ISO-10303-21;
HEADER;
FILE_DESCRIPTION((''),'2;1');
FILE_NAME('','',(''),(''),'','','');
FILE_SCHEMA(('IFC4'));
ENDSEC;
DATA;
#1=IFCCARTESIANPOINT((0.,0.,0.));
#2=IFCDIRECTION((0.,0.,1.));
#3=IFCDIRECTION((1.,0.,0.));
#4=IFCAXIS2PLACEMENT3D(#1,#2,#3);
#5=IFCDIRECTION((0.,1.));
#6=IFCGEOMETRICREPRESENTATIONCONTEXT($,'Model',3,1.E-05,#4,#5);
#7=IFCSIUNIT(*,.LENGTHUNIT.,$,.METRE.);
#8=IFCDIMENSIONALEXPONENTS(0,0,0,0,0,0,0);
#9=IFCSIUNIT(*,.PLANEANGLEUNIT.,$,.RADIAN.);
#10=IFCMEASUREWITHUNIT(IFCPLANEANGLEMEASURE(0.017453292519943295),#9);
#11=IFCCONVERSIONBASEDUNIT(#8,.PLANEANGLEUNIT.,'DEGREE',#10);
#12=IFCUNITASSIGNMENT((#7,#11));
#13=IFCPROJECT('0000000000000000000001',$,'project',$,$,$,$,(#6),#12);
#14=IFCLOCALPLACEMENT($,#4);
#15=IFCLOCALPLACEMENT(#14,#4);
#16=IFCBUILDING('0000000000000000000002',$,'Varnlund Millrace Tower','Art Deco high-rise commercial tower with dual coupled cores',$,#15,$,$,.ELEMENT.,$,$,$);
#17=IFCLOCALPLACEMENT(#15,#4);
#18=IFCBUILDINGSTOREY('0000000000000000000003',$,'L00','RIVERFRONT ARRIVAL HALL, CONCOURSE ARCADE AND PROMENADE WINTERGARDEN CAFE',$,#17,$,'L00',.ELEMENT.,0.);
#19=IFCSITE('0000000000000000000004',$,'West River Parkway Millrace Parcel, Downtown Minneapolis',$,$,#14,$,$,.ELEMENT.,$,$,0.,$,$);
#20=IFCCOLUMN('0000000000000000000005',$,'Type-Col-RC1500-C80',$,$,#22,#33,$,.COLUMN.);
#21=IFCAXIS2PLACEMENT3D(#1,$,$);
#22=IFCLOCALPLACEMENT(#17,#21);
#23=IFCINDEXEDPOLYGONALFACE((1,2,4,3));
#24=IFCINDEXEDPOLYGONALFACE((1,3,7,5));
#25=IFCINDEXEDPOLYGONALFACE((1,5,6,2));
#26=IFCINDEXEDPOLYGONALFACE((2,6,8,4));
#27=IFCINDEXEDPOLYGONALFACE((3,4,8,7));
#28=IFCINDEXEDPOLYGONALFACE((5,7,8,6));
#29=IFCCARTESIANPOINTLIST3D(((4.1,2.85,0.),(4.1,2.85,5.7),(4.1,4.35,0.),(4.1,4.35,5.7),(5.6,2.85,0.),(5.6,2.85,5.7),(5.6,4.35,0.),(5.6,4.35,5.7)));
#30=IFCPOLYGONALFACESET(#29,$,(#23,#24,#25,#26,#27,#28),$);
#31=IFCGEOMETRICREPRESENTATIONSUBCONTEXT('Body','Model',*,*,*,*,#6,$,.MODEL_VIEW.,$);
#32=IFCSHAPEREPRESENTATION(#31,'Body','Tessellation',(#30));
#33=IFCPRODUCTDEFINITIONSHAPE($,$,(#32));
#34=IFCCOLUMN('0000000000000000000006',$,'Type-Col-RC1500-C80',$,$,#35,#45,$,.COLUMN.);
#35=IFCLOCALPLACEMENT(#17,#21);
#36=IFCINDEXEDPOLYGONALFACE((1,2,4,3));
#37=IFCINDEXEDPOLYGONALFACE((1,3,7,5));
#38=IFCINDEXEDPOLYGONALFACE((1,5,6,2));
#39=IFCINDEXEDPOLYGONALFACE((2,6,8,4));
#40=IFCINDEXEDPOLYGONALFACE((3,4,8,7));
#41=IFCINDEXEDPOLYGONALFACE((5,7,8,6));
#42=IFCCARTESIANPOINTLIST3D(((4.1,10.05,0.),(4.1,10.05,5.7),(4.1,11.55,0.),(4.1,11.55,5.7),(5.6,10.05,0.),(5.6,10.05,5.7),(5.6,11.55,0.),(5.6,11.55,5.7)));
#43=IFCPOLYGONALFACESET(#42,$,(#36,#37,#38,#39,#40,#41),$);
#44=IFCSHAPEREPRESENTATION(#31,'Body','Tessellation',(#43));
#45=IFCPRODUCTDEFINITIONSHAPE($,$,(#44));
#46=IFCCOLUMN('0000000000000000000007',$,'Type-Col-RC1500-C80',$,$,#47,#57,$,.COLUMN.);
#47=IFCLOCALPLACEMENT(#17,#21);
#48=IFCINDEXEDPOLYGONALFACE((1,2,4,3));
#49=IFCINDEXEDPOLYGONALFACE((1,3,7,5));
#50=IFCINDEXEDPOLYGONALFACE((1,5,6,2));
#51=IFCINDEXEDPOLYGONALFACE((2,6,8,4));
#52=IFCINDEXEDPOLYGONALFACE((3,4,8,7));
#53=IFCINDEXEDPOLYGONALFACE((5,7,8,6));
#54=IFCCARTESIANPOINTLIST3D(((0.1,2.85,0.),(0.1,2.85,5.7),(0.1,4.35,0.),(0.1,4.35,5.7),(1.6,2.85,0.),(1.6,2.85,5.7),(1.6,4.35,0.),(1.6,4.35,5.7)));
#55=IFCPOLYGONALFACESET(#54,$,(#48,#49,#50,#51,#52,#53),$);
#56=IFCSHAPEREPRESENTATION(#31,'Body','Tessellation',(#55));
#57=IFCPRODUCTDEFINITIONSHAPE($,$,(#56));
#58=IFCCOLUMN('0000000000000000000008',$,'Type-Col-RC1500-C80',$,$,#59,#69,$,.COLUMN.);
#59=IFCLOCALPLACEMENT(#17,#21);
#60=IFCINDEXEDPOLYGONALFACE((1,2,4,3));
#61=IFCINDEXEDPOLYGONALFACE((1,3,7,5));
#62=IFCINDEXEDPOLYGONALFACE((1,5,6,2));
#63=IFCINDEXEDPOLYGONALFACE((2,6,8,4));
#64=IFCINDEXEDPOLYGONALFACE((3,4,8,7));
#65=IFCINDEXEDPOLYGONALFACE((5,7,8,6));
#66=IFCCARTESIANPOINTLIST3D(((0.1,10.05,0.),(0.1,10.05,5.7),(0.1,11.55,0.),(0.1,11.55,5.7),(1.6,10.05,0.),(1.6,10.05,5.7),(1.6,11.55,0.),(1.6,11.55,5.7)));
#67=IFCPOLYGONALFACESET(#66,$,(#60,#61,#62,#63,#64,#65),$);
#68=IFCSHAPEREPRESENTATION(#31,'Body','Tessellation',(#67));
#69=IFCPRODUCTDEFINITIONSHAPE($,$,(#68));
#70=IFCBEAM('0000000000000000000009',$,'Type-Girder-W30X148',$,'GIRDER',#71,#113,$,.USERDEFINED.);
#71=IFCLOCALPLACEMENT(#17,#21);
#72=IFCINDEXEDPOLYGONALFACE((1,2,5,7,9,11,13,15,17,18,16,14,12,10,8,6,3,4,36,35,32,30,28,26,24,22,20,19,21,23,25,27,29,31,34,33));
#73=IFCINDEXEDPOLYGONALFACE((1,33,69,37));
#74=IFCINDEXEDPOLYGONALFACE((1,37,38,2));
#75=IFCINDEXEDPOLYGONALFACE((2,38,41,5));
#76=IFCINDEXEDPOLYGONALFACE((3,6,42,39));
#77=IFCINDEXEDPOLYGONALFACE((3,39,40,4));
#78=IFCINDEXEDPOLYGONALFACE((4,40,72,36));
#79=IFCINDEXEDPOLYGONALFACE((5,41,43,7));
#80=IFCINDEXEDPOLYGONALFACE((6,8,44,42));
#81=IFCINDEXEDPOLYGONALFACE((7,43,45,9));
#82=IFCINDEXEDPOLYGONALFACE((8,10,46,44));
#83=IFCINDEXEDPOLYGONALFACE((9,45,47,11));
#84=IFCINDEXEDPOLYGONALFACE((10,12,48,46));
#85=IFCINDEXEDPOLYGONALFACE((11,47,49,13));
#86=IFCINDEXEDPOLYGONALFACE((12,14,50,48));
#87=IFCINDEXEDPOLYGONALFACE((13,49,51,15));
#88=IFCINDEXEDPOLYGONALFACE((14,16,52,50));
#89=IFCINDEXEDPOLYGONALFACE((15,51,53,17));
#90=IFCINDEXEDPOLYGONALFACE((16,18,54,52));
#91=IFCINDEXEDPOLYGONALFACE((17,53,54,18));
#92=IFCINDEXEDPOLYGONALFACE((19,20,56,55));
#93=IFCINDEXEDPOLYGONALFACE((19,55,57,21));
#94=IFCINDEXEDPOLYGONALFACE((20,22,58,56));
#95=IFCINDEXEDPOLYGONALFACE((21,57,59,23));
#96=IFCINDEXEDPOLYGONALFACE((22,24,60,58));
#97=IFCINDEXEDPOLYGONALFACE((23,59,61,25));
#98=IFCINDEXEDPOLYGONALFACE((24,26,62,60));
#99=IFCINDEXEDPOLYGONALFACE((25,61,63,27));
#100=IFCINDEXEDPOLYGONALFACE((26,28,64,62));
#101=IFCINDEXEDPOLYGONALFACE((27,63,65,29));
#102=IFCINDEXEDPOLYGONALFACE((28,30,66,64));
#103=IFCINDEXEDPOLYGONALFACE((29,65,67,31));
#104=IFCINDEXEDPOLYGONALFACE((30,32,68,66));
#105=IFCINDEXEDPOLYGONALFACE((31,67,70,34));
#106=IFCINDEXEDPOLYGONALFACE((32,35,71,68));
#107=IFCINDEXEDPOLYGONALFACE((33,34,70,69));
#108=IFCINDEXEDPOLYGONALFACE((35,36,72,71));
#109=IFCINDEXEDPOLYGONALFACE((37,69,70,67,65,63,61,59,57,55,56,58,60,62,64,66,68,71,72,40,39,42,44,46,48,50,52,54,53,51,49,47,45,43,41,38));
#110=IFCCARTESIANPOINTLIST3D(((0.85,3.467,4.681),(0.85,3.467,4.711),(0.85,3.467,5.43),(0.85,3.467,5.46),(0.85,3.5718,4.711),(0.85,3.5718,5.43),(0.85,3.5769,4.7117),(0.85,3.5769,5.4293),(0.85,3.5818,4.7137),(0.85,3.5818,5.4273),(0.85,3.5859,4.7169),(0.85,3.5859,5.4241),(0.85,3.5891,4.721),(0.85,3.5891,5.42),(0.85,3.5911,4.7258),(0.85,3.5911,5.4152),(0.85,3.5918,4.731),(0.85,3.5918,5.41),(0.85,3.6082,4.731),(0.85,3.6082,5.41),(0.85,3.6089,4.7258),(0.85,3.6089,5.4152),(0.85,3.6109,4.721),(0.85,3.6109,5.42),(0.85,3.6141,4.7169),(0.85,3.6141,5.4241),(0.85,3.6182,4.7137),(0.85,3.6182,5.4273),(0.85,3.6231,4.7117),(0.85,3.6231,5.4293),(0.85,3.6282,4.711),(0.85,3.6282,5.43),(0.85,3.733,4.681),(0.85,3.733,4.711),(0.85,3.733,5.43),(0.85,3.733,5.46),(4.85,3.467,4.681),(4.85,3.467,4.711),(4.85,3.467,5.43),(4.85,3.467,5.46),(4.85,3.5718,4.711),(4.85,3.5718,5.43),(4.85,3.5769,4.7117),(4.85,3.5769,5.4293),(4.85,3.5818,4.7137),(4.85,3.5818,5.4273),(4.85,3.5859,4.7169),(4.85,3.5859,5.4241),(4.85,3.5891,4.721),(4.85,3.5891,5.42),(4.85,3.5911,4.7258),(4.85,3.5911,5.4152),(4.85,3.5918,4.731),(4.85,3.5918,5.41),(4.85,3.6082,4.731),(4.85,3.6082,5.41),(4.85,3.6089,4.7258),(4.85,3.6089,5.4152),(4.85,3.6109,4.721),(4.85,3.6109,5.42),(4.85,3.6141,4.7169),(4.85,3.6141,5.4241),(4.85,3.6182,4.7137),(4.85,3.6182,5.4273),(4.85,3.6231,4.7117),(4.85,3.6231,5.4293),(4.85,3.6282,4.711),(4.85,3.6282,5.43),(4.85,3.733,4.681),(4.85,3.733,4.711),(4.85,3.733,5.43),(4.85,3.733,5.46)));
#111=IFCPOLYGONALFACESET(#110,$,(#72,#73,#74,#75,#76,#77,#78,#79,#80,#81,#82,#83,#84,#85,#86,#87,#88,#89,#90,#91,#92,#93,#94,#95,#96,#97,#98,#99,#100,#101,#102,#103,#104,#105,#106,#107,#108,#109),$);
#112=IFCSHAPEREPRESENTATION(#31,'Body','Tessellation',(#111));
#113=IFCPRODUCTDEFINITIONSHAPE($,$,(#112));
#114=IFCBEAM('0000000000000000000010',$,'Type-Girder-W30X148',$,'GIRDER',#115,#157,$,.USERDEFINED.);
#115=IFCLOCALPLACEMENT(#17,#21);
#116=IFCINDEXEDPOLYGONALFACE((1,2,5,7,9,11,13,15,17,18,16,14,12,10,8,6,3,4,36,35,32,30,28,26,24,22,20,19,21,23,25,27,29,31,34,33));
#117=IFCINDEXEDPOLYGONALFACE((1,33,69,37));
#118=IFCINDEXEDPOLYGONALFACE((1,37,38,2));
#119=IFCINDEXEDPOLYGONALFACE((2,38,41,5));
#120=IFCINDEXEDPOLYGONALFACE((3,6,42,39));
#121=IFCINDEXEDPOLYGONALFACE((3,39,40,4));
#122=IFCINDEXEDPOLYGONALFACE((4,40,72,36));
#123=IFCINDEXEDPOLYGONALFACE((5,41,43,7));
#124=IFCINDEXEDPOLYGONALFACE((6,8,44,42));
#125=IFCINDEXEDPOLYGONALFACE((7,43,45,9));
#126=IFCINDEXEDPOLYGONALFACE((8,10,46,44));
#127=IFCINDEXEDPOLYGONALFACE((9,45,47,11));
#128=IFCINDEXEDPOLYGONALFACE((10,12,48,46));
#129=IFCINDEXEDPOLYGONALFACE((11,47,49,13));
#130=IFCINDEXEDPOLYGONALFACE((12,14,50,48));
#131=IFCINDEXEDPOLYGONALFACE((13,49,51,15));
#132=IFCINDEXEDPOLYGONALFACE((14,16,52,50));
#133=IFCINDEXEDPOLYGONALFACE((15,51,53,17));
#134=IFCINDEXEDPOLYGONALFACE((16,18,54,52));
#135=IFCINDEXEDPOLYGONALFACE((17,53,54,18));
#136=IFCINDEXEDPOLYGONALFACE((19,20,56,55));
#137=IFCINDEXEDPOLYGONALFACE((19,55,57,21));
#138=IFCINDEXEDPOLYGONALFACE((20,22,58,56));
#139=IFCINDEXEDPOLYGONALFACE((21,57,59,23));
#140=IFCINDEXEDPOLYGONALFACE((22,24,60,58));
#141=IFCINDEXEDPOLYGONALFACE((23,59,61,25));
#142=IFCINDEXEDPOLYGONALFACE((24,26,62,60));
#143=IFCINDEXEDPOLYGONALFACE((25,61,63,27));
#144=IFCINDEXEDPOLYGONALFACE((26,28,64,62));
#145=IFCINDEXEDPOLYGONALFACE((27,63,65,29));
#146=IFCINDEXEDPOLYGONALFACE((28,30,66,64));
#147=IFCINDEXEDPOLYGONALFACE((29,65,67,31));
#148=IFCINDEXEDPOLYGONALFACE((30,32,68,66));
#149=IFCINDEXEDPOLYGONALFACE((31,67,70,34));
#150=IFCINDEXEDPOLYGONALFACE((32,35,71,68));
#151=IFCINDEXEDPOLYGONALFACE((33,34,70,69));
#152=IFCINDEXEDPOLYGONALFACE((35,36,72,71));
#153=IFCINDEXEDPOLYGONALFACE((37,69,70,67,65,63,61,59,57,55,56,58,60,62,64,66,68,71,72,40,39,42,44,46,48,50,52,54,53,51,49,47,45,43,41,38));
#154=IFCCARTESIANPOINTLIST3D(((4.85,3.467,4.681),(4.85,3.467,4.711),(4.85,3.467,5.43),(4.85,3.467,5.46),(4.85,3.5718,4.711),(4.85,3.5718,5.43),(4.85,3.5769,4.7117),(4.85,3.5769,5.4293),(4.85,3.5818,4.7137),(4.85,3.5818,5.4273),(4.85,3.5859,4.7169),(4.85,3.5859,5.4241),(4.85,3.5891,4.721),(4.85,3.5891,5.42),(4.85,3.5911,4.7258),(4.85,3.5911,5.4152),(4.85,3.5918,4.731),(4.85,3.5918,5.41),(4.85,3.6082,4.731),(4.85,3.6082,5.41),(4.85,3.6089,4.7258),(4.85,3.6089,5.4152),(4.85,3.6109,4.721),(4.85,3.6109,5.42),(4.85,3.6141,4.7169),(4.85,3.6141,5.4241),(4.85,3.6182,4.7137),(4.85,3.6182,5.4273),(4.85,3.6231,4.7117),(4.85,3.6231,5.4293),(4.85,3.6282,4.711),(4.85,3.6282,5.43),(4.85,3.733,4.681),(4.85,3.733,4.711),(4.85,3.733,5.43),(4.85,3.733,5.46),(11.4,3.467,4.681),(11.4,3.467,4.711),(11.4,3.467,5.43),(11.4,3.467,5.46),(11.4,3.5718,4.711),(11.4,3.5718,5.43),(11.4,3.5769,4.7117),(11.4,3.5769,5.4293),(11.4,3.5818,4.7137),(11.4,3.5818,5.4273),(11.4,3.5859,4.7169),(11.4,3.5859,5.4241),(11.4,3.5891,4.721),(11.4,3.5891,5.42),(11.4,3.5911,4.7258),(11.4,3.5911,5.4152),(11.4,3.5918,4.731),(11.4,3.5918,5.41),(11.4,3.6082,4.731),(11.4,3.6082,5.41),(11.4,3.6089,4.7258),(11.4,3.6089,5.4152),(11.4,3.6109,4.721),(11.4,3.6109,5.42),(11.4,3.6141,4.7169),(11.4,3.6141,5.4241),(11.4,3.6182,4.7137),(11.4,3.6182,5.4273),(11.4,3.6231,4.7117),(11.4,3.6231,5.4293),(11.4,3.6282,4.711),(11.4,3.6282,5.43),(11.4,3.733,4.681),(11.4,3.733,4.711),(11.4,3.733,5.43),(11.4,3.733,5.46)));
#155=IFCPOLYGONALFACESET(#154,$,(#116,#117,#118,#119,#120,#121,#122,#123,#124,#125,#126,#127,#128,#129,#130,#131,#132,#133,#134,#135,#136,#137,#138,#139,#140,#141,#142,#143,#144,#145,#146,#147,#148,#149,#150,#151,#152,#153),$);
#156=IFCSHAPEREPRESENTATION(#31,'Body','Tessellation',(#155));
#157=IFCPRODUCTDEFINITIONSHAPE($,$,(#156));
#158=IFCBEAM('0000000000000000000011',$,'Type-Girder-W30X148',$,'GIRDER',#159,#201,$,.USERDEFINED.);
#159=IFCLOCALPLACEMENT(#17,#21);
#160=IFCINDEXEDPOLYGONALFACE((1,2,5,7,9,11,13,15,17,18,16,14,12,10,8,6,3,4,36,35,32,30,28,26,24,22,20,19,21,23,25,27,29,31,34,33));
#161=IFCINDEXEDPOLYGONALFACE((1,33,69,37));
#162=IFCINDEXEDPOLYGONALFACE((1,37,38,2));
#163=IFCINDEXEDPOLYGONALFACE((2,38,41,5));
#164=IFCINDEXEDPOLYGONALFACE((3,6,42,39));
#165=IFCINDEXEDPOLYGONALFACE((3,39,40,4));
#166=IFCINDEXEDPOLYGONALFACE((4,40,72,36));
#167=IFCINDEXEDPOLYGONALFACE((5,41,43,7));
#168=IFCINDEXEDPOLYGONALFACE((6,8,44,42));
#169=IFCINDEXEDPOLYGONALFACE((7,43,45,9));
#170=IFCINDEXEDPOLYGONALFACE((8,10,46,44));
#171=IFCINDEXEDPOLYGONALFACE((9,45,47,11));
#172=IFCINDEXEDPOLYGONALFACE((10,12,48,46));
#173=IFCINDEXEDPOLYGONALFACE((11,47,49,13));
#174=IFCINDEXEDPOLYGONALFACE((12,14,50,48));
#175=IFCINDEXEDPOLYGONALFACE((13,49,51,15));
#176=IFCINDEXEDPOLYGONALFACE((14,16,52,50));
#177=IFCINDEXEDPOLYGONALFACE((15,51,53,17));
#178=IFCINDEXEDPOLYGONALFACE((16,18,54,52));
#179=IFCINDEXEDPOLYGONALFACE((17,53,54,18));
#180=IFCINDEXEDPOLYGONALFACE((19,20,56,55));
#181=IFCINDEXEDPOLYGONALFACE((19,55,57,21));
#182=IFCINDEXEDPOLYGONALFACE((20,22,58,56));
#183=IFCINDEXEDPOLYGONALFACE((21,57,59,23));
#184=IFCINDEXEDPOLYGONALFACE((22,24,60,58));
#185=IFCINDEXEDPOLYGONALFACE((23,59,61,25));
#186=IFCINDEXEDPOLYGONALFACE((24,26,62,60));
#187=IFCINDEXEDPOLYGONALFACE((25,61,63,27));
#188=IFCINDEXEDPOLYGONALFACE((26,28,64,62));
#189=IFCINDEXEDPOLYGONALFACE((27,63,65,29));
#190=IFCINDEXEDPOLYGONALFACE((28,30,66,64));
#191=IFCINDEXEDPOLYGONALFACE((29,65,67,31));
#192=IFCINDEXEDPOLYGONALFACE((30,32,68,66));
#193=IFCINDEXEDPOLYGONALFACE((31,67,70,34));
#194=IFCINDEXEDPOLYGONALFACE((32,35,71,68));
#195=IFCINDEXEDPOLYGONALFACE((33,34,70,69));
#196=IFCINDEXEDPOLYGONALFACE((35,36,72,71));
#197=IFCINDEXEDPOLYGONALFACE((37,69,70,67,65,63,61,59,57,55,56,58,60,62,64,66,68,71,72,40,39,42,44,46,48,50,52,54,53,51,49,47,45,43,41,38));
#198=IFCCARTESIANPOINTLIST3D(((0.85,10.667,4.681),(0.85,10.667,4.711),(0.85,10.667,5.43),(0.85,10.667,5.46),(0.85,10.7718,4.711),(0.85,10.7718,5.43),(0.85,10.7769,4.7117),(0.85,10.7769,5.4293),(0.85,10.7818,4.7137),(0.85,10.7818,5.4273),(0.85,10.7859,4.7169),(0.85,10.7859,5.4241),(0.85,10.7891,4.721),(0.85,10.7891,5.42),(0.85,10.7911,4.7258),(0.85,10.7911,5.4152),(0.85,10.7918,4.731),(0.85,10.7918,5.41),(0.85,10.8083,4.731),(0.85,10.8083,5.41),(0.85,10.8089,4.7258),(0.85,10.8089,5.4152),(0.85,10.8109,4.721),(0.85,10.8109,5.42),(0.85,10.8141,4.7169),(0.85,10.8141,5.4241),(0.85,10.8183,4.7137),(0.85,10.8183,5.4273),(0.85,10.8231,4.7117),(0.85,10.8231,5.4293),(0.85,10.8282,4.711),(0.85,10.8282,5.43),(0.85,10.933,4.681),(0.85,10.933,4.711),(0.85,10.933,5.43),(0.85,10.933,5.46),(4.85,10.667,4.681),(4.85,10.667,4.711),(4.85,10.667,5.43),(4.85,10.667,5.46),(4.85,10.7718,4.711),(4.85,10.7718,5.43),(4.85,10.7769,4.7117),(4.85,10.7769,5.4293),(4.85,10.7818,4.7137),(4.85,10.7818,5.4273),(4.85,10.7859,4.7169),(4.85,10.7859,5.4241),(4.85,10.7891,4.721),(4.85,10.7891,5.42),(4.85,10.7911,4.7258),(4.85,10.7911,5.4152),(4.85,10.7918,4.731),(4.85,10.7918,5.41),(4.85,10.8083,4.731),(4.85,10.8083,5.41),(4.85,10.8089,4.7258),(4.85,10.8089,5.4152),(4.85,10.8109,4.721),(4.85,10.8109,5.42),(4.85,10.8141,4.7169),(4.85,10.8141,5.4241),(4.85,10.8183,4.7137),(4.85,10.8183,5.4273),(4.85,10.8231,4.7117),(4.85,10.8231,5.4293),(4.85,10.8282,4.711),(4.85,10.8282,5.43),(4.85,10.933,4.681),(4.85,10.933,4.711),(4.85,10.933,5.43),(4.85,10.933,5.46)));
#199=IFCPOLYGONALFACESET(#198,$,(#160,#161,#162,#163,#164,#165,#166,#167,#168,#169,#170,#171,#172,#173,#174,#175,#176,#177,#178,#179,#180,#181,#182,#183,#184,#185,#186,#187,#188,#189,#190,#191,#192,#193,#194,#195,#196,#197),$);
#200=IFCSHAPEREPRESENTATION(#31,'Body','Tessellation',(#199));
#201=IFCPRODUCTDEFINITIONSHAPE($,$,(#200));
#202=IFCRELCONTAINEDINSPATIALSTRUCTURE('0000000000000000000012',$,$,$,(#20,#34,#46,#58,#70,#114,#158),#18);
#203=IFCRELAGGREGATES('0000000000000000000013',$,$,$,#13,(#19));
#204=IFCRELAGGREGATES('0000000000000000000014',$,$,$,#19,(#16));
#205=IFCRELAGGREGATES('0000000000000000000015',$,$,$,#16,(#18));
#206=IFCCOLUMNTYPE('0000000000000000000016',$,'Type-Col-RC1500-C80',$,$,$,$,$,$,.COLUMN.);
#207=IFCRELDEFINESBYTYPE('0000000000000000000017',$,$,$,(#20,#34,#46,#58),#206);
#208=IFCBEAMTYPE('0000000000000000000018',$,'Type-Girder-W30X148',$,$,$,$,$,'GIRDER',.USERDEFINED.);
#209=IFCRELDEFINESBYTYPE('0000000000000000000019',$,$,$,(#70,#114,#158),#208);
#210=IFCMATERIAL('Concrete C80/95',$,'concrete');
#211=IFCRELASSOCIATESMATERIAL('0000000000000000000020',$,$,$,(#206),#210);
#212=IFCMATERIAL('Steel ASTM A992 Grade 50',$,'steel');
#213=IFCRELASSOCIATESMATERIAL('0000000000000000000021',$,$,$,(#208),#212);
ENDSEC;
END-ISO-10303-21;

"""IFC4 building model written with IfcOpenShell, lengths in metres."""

from ifc_helpers import new_model, entity, si_unit, converted_unit, direction, frame, origin_with_axes, origin_2d_with_axis, place, context, subcontext, project, spatial, rectangle, i_section, extrude, material, material_profile, profile_set, type_object, element, save


model = new_model("IFC4")

# Units and contexts
model_context = context("Model", 3, precision=1e-05, world=origin_with_axes(), true_north=direction((0.0, 1.0)))
body_context = subcontext(model_context, "Body", "Model", "MODEL_VIEW")
ifc_project = project(units=[si_unit("LENGTHUNIT", "METRE"), converted_unit("PLANEANGLEUNIT", "DEGREE", entity("IfcPlaneAngleMeasure", 0.017453292519943295), si_unit("PLANEANGLEUNIT", "RADIAN"), dimensions=[0, 0, 0, 0, 0, 0, 0])], contexts=[model_context])

# Site, building, storey
site_placement = place(None, origin_with_axes())
site = spatial("IfcSite", under=ifc_project, at=site_placement, Name="West River Parkway Millrace Parcel, Downtown Minneapolis", CompositionType="ELEMENT", RefElevation=0.0)
building_placement = place(site_placement, origin_with_axes())
building = spatial("IfcBuilding", under=site, at=building_placement, Name="Varnlund Millrace Tower", Description="Art Deco high-rise commercial tower with dual coupled cores", CompositionType="ELEMENT")
storey_placement = place(building_placement, origin_with_axes())
storey = spatial("IfcBuildingStorey", under=building, at=storey_placement, Name="L00", Description="RIVERFRONT ARRIVAL HALL, CONCOURSE ARCADE AND PROMENADE WINTERGARDEN CAFE", LongName="L00", CompositionType="ELEMENT", Elevation=0.0)

# Columns
ifc_material_1 = material(Name="Concrete C80/95", Category="concrete")
ifc_material_profile_1 = material_profile(ifc_material_1, rectangle(XDim=1.5, YDim=1.5, at=origin_2d_with_axis()), Name="Concrete C80/95")
ifc_profile_set_1 = profile_set([ifc_material_profile_1], Name="Concrete C80/95")
column_type = type_object("IfcColumnType", Name="Type-Col-RC1500-C80", PredefinedType="COLUMN", material=ifc_profile_set_1)
for number, where, z_axis, x_axis, name in (
    (1, (4.85, 3.6, 0.0), (0.0, 0.0, 1.0), (1.0, 0.0, 0.0), "Type-Col-RC1500-C80"),
    (2, (4.85, 10.8, 0.0), (0.0, 0.0, 1.0), (1.0, 0.0, 0.0), "Type-Col-RC1500-C80"),
    (3, (0.85, 3.6, 0.0), (0.0, 0.0, 1.0), (1.0, 0.0, 0.0), "Type-Col-RC1500-C80"),
    (4, (0.85, 10.8, 0.0), (0.0, 0.0, 1.0), (1.0, 0.0, 0.0), "Type-Col-RC1500-C80"),
):
    element("IfcColumn", number, at=place(storey_placement, frame(where, z_axis=z_axis, x_axis=x_axis)), inside=storey, type_object=column_type, Name=name, PredefinedType="COLUMN", context=body_context, shape_type="SweptSolid", body=[
        extrude(rectangle(XDim=1.5, YDim=1.5, at=origin_2d_with_axis()), origin_with_axes(), (0.0, 0.0, 1.0), 5.7),
    ])

# Beams
ifc_material_2 = material(Name="Steel ASTM A992 Grade 50", Category="steel")
ifc_material_profile_2 = material_profile(ifc_material_2, i_section(OverallWidth=0.266, OverallDepth=0.779, WebThickness=0.0165, FlangeThickness=0.03, FilletRadius=0.02, at=origin_2d_with_axis()), Name="Steel ASTM A992 Grade 50")
ifc_profile_set_2 = profile_set([ifc_material_profile_2], Name="Steel ASTM A992 Grade 50")
beam_type_1 = type_object("IfcBeamType", Name="Type-Girder-W30X148", ElementType="GIRDER", PredefinedType="USERDEFINED", material=ifc_profile_set_2)
beam_1_placement = place(storey_placement, frame((0.85, 3.6, 5.0705), z_axis=(1.0, 0.0, 0.0), x_axis=(0.0, 1.0, 0.0)))
element("IfcBeam", 5, at=beam_1_placement, inside=storey, type_object=beam_type_1, Name="Type-Girder-W30X148", ObjectType="GIRDER", PredefinedType="USERDEFINED", context=body_context, shape_type="SweptSolid", body=[
    extrude(i_section(OverallWidth=0.266, OverallDepth=0.779, WebThickness=0.0165, FlangeThickness=0.03, FilletRadius=0.02, at=origin_2d_with_axis()), origin_with_axes(), (0.0, 0.0, 1.0), 4.0),
])
beam_2_placement = place(storey_placement, frame((4.85, 3.6, 5.0705), z_axis=(1.0, 0.0, 0.0), x_axis=(0.0, 1.0, 0.0)))
element("IfcBeam", 6, at=beam_2_placement, inside=storey, type_object=beam_type_1, Name="Type-Girder-W30X148", ObjectType="GIRDER", PredefinedType="USERDEFINED", context=body_context, shape_type="SweptSolid", body=[
    extrude(i_section(OverallWidth=0.266, OverallDepth=0.779, WebThickness=0.0165, FlangeThickness=0.03, FilletRadius=0.02, at=origin_2d_with_axis()), origin_with_axes(), (0.0, 0.0, 1.0), 6.55),
])
beam_3_placement = place(storey_placement, frame((0.85, 10.8, 5.0705), z_axis=(1.0, 0.0, 0.0), x_axis=(0.0, 1.0, 0.0)))
element("IfcBeam", 7, at=beam_3_placement, inside=storey, type_object=beam_type_1, Name="Type-Girder-W30X148", ObjectType="GIRDER", PredefinedType="USERDEFINED", context=body_context, shape_type="SweptSolid", body=[
    extrude(i_section(OverallWidth=0.266, OverallDepth=0.779, WebThickness=0.0165, FlangeThickness=0.03, FilletRadius=0.02, at=origin_2d_with_axis()), origin_with_axes(), (0.0, 0.0, 1.0), 4.0),
])

save(model, "model.ifc")
